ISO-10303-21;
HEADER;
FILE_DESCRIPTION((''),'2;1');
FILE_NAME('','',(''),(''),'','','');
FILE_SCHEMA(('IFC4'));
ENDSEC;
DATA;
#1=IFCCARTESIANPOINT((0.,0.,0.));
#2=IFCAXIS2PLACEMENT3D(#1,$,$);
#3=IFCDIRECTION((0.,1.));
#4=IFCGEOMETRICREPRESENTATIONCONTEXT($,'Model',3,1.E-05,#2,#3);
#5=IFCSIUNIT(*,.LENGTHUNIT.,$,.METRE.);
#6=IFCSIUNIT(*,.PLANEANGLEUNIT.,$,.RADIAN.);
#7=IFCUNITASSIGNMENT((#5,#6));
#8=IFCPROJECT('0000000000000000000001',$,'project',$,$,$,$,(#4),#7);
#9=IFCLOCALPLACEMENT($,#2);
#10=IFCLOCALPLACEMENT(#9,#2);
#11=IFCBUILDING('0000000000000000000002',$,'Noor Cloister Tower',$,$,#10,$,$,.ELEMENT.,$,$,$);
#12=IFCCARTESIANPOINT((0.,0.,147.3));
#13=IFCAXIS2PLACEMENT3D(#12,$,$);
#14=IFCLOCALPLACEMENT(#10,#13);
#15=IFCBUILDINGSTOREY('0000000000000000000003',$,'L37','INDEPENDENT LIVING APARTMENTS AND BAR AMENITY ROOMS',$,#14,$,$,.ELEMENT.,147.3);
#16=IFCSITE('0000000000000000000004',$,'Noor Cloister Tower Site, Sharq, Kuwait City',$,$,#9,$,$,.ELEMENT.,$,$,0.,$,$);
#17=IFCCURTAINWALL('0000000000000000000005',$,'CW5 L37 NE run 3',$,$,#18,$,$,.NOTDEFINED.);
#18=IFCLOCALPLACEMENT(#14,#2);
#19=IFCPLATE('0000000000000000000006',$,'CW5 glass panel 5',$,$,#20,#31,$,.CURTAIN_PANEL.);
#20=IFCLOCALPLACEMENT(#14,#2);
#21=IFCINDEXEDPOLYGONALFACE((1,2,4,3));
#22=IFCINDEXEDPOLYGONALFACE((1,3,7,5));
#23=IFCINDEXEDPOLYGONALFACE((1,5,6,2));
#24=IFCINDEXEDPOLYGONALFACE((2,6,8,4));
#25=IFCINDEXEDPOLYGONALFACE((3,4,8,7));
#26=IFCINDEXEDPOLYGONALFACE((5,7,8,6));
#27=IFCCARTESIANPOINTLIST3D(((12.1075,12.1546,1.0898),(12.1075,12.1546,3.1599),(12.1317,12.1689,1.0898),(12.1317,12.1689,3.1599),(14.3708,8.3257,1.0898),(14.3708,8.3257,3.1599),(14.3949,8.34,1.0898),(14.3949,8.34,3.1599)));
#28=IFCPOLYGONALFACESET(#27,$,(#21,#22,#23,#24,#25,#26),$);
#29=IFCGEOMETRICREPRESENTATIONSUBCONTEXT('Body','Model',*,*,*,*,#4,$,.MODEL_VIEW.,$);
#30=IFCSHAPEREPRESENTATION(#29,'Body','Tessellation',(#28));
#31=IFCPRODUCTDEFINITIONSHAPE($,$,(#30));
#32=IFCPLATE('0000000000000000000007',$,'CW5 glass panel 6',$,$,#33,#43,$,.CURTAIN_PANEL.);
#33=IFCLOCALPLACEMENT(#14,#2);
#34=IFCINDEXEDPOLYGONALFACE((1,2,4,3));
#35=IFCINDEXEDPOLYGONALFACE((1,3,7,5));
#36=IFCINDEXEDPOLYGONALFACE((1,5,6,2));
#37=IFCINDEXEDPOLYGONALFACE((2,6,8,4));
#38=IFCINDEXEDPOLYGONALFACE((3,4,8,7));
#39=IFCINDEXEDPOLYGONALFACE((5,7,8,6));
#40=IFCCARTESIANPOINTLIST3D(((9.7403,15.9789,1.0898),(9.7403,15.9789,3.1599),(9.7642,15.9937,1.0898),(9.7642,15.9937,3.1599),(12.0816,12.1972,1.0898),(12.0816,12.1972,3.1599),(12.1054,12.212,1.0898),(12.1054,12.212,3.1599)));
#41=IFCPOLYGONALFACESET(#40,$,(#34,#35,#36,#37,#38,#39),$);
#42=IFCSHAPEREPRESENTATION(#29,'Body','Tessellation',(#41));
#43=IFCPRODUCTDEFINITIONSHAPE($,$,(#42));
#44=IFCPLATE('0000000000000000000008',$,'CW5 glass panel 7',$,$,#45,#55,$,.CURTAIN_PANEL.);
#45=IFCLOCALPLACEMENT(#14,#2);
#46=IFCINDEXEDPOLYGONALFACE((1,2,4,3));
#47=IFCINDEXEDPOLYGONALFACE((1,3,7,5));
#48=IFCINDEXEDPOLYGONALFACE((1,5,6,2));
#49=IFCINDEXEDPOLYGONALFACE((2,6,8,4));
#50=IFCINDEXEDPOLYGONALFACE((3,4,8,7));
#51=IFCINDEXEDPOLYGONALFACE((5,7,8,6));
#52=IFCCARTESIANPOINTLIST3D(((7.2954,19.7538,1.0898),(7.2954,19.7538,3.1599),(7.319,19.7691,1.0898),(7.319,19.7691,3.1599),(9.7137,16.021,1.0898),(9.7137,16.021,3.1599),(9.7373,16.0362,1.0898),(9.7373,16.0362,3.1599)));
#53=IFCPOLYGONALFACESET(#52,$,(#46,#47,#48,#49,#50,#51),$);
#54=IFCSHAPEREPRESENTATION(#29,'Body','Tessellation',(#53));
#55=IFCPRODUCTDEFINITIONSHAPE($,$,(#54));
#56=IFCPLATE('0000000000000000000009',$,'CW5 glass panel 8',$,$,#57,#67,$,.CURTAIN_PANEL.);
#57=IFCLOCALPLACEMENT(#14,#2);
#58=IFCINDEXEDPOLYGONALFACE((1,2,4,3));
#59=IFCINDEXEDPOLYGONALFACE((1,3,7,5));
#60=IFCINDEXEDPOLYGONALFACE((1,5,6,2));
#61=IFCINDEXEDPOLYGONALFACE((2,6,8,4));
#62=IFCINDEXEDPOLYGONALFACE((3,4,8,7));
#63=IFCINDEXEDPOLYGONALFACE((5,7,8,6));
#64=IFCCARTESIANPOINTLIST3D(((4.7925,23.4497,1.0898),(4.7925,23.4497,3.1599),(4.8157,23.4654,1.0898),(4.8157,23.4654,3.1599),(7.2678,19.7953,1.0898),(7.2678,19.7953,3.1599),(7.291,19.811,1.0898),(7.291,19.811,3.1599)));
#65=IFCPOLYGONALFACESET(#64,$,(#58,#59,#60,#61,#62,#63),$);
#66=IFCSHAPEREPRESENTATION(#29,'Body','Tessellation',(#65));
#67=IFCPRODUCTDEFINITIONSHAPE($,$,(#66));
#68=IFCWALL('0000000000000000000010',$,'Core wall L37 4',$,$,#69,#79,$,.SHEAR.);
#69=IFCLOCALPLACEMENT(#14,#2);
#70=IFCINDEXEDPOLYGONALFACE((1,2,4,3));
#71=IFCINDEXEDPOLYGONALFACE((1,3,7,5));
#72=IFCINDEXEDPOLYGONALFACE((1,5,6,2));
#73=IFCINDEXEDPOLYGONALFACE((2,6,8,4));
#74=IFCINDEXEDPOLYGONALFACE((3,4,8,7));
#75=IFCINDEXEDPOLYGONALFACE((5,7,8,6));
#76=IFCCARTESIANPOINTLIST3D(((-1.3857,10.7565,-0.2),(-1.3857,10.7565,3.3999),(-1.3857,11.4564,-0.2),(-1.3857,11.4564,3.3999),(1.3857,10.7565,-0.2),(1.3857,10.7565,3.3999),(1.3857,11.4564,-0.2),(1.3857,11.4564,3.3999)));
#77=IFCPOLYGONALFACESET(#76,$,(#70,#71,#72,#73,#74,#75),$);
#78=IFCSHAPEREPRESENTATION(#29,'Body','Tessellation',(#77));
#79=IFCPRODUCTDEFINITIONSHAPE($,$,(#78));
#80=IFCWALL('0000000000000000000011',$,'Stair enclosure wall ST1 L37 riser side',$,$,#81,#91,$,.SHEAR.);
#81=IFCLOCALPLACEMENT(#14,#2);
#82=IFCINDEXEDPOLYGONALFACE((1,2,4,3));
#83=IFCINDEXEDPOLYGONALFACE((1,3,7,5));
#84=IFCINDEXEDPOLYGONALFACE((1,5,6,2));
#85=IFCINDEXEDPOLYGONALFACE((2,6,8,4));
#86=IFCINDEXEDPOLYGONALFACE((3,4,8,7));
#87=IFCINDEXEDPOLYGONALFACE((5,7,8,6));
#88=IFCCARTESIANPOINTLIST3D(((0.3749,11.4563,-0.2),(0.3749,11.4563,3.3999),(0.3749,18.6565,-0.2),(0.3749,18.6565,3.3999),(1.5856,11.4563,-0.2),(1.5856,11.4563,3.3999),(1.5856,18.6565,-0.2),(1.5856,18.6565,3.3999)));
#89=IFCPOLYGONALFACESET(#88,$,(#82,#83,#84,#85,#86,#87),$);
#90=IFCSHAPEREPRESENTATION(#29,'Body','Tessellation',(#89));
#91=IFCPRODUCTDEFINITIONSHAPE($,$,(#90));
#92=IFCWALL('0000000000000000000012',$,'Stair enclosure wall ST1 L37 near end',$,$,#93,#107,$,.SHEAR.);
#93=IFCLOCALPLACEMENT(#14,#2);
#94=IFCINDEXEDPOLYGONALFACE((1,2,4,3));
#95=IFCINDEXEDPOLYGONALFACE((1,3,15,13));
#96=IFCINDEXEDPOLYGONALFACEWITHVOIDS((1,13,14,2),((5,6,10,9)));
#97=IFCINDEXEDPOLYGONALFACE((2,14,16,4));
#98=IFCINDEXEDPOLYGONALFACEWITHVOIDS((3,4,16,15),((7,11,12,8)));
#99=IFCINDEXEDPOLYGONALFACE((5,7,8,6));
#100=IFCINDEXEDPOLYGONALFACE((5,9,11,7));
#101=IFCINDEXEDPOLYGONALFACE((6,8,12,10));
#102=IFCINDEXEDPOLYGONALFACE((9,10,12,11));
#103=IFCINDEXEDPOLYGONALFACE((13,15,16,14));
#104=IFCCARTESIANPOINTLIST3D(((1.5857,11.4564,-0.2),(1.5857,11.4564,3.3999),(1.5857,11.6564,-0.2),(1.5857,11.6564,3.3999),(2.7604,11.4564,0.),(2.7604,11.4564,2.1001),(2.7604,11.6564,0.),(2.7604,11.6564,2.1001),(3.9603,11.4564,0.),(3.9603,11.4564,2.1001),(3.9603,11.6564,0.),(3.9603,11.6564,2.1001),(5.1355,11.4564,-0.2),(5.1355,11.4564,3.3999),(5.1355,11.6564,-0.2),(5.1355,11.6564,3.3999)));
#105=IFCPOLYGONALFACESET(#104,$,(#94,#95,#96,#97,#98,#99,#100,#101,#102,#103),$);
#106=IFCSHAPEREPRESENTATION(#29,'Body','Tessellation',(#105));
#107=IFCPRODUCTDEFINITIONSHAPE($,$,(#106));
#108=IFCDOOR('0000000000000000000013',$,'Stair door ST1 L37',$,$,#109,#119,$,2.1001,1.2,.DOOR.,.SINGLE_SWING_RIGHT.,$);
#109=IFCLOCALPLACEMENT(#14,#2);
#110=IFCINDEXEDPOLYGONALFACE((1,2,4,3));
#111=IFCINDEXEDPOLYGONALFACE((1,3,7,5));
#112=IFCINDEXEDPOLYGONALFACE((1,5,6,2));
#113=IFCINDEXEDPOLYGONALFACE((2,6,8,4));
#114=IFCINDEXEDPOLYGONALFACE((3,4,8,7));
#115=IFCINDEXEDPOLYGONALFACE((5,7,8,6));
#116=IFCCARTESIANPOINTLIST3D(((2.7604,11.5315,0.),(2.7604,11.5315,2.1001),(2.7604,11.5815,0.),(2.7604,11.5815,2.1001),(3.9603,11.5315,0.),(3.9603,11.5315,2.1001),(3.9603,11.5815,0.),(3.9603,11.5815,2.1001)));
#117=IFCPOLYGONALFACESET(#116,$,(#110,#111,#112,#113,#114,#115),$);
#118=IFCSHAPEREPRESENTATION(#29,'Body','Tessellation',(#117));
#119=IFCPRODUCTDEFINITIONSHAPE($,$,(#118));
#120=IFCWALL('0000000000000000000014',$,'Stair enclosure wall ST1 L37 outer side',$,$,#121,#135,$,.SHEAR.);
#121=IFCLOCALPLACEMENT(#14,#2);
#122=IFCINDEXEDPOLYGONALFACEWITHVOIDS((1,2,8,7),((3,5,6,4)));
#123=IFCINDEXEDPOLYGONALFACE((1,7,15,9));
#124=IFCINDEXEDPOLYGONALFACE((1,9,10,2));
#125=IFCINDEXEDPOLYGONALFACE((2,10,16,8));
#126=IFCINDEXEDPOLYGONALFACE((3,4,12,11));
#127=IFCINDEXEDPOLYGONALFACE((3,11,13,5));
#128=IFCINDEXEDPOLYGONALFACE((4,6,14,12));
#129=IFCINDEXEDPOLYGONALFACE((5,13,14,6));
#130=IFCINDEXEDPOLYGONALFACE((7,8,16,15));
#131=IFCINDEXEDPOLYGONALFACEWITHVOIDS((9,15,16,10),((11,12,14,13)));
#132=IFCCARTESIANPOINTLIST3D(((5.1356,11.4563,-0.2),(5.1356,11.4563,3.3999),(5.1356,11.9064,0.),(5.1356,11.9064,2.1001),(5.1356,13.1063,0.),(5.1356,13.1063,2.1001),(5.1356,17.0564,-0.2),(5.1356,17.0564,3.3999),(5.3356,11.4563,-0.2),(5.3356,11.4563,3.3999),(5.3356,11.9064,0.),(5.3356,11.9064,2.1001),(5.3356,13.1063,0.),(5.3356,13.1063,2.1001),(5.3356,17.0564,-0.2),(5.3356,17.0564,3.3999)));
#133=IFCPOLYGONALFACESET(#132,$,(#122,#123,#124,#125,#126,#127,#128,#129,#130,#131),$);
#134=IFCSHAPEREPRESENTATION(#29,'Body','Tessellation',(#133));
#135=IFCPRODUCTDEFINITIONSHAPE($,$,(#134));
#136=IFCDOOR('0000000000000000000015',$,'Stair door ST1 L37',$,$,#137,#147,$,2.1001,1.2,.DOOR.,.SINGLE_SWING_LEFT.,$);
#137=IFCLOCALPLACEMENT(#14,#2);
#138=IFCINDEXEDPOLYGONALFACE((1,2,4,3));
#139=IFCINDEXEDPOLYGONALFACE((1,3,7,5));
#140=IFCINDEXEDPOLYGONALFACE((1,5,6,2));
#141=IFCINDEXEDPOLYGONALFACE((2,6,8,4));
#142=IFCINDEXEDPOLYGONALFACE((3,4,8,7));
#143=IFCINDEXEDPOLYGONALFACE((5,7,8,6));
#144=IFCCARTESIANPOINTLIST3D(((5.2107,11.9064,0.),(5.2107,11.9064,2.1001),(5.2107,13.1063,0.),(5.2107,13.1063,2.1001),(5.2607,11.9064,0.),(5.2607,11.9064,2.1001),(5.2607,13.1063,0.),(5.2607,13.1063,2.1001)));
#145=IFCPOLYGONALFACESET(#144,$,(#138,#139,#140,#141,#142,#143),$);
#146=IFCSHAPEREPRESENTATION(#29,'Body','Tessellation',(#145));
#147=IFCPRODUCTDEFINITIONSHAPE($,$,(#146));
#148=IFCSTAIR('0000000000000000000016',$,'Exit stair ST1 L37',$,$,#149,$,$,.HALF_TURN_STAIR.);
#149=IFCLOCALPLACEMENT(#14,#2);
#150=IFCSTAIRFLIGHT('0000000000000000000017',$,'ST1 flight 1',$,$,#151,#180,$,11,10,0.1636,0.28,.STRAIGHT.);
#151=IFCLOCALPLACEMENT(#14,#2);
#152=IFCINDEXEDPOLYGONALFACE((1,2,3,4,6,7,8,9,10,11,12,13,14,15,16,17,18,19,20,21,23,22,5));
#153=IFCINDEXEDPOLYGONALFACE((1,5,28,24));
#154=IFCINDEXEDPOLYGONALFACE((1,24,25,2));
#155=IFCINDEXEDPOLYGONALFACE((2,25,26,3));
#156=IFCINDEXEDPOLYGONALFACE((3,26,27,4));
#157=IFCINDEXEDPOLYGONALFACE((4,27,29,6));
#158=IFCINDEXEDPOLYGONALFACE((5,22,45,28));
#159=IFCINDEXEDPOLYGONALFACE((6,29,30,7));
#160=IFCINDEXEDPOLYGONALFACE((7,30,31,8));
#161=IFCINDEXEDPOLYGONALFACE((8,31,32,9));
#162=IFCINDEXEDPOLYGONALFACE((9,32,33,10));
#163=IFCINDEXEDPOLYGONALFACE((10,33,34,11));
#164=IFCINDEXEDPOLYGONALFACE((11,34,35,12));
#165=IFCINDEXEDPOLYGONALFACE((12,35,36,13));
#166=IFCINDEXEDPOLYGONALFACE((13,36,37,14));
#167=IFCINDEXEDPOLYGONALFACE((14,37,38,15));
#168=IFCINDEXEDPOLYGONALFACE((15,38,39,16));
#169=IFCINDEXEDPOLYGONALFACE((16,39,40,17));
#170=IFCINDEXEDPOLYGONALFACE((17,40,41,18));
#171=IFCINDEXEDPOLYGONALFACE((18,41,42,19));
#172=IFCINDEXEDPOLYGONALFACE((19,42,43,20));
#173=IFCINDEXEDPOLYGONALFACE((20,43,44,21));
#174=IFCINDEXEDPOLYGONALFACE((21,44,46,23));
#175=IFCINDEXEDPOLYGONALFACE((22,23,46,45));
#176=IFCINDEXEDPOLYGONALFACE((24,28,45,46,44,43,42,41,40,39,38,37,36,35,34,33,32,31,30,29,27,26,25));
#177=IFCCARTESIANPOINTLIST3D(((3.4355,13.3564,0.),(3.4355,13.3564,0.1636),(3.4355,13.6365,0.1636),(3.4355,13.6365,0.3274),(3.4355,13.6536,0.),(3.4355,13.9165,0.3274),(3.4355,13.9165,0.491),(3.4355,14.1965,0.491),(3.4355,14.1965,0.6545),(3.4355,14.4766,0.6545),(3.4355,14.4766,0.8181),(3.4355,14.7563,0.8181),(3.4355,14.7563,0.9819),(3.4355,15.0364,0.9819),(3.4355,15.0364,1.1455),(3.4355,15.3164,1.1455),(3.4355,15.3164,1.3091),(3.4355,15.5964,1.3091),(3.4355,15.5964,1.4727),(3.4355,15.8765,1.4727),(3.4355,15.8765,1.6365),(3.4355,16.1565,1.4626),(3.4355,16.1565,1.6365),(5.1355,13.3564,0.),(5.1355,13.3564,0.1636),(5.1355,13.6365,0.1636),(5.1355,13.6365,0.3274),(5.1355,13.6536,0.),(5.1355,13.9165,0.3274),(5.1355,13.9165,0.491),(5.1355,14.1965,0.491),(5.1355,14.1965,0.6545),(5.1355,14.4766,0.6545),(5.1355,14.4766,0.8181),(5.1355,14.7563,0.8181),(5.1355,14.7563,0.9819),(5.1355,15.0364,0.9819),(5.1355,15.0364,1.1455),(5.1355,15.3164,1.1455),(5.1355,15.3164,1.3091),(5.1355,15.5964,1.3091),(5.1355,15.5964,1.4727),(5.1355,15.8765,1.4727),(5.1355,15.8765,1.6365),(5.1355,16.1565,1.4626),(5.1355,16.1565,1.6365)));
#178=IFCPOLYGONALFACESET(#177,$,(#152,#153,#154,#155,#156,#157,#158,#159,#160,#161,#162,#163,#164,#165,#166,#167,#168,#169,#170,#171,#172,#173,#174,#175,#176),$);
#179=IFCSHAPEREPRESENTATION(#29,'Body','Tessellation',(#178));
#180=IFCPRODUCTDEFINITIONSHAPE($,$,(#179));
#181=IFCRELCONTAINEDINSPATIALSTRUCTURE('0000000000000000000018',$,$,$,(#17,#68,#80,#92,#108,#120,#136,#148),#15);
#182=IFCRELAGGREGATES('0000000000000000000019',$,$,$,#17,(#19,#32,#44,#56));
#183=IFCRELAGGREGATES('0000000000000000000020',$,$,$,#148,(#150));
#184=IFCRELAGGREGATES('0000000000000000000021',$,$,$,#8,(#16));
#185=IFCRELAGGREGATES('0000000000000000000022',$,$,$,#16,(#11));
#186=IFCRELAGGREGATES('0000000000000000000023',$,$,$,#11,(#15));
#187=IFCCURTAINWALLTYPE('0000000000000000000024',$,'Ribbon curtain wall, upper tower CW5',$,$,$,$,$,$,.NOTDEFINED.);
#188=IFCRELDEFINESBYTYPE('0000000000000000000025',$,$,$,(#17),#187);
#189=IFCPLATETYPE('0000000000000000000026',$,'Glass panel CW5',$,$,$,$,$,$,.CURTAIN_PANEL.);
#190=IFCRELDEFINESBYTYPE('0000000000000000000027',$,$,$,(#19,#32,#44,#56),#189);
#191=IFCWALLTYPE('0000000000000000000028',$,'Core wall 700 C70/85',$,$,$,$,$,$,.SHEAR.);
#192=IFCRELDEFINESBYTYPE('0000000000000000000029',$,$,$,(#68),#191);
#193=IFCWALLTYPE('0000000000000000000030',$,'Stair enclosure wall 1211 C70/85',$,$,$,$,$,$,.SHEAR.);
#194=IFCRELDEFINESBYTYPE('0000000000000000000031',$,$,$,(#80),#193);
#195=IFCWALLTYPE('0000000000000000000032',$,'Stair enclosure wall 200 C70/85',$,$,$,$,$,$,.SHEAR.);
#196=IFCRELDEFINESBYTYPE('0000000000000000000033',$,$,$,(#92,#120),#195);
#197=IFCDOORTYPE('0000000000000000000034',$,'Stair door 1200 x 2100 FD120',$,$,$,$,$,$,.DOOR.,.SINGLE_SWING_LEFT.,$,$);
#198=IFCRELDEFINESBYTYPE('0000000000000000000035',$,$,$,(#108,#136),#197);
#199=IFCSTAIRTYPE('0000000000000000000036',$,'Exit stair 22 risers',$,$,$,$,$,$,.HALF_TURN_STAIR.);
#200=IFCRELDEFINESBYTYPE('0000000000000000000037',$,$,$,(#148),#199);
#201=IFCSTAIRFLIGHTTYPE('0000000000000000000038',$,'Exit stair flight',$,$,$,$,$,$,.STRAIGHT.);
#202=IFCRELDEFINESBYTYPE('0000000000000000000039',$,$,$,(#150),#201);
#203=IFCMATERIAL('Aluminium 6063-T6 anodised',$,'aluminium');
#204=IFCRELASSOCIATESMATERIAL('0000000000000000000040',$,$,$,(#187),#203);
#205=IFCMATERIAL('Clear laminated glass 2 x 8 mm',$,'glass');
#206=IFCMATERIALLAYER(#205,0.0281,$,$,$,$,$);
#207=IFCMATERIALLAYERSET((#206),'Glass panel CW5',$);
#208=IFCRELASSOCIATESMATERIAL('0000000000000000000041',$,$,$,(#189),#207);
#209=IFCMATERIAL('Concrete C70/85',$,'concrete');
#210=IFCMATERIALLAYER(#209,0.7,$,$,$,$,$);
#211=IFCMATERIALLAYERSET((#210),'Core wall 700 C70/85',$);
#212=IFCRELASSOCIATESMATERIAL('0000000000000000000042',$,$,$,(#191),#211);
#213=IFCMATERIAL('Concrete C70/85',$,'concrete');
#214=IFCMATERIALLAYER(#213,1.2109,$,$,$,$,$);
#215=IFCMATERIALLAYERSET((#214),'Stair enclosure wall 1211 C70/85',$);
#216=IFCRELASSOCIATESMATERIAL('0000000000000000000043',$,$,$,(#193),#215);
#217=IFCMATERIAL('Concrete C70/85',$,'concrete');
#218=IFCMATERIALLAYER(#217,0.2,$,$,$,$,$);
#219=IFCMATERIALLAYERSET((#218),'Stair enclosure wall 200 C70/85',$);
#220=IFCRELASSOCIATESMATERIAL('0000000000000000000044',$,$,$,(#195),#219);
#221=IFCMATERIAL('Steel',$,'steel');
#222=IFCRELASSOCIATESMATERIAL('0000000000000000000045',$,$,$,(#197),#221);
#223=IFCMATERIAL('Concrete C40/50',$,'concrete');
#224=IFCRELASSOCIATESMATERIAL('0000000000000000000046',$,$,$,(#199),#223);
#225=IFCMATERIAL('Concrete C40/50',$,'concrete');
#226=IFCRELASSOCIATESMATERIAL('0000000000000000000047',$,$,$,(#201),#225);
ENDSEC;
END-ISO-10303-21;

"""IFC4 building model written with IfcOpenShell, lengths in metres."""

from ifc_helpers import new_model, si_unit, direction, frame, frame_2d, origin, origin_2d, place, context, subcontext, project, spatial, polyline, rectangle, outline, extrude, material, layer, layer_set, type_object, element, fill, aggregate, save


model = new_model("IFC4")

# Units and contexts
model_context = context("Model", 3, precision=1e-05, world=origin(), true_north=direction((0.0, 1.0)))
body_context = subcontext(model_context, "Body", "Model", "MODEL_VIEW")
ifc_project = project(units=[si_unit("LENGTHUNIT", "METRE"), si_unit("PLANEANGLEUNIT", "RADIAN")], contexts=[model_context])

# Site, building, storey
site_placement = place(None, origin())
site = spatial("IfcSite", under=ifc_project, at=site_placement, Name="Noor Cloister Tower Site, Sharq, Kuwait City", CompositionType="ELEMENT", RefElevation=0.0)
building_placement = place(site_placement, origin())
building = spatial("IfcBuilding", under=site, at=building_placement, Name="Noor Cloister Tower", CompositionType="ELEMENT")
storey_placement = place(building_placement, frame((0.0, 0.0, 147.3)))
storey = spatial("IfcBuildingStorey", under=building, at=storey_placement, Name="L37", Description="INDEPENDENT LIVING APARTMENTS AND BAR AMENITY ROOMS", CompositionType="ELEMENT", Elevation=147.3)

# Curtain wall
ifc_material_1 = material(Name="Aluminium 6063-T6 anodised", Category="aluminium")
curtain_wall_type = type_object("IfcCurtainWallType", Name="Ribbon curtain wall, upper tower CW5", PredefinedType="NOTDEFINED", material=ifc_material_1)
curtain_wall_placement = place(storey_placement, origin())
curtain_wall = element("IfcCurtainWall", 1, at=curtain_wall_placement, inside=storey, type_object=curtain_wall_type, Name="CW5 L37 NE run 3", PredefinedType="NOTDEFINED")

# Plates
ifc_material_2 = material(Name="Clear laminated glass 2 x 8 mm", Category="glass")
ifc_layer_1 = layer(ifc_material_2, 0.0281)
ifc_layer_set_1 = layer_set([ifc_layer_1], Name="Glass panel CW5")
plate_type = type_object("IfcPlateType", Name="Glass panel CW5", PredefinedType="CURTAIN_PANEL", material=ifc_layer_set_1)
plate_1_placement = place(storey_placement, frame((13.2512, 10.2473, 1.0898), z_axis=(0.0, 0.0, 1.0), x_axis=(-0.508852, 0.860854, 0.0)))
plate_1 = element("IfcPlate", 2, at=plate_1_placement, type_object=plate_type, Name="CW5 glass panel 5", PredefinedType="CURTAIN_PANEL", context=body_context, shape_type="SweptSolid", body=[
    extrude(rectangle(XDim=4.4478, YDim=0.0281, at=origin_2d()), origin(), (0.0, 0.0, 1.0), 2.0701),
])
plate_2_placement = place(storey_placement, frame((10.9229, 14.0955, 1.0898), z_axis=(0.0, 0.0, 1.0), x_axis=(-0.526394, 0.850241, 0.0)))
plate_2 = element("IfcPlate", 3, at=plate_2_placement, type_object=plate_type, Name="CW5 glass panel 6", PredefinedType="CURTAIN_PANEL", context=body_context, shape_type="SweptSolid", body=[
    extrude(rectangle(XDim=4.4478, YDim=0.0281, at=origin_2d()), origin(), (0.0, 0.0, 1.0), 2.0701),
])
plate_3_placement = place(storey_placement, frame((8.5164, 17.895, 1.0898), z_axis=(0.0, 0.0, 1.0), x_axis=(-0.543715, 0.83927, 0.0)))
plate_3 = element("IfcPlate", 4, at=plate_3_placement, type_object=plate_type, Name="CW5 glass panel 7", PredefinedType="CURTAIN_PANEL", context=body_context, shape_type="SweptSolid", body=[
    extrude(rectangle(XDim=4.4478, YDim=0.0281, at=origin_2d()), origin(), (0.0, 0.0, 1.0), 2.0701),
])
plate_4_placement = place(storey_placement, frame((6.0417, 21.6304, 1.0898), z_axis=(0.0, 0.0, 1.0), x_axis=(-0.560807, 0.827946, 0.0)))
plate_4 = element("IfcPlate", 5, at=plate_4_placement, type_object=plate_type, Name="CW5 glass panel 8", PredefinedType="CURTAIN_PANEL", context=body_context, shape_type="SweptSolid", body=[
    extrude(rectangle(XDim=4.4138, YDim=0.0281, at=origin_2d()), origin(), (0.0, 0.0, 1.0), 2.0701),
])
aggregate(curtain_wall, [plate_1, plate_2, plate_3, plate_4])

# Walls
ifc_material_3 = material(Name="Concrete C70/85", Category="concrete")
ifc_layer_2 = layer(ifc_material_3, 0.7)
ifc_layer_set_2 = layer_set([ifc_layer_2], Name="Core wall 700 C70/85")
wall_type_1 = type_object("IfcWallType", Name="Core wall 700 C70/85", PredefinedType="SHEAR", material=ifc_layer_set_2)
wall_1_placement = place(storey_placement, frame((1.3857, 11.1064, -0.2), z_axis=(0.0, 0.0, 1.0), x_axis=(-1.0, 0.0, 0.0)))
element("IfcWall", 6, at=wall_1_placement, inside=storey, type_object=wall_type_1, Name="Core wall L37 4", PredefinedType="SHEAR", context=body_context, shape_type="SweptSolid", body=[
    extrude(rectangle(XDim=2.7715, YDim=0.7, at=frame_2d((1.3857, 0.0))), origin(), (0.0, 0.0, 1.0), 3.5999),
])
ifc_material_4 = material(Name="Concrete C70/85", Category="concrete")
ifc_layer_3 = layer(ifc_material_4, 1.2109)
ifc_layer_set_3 = layer_set([ifc_layer_3], Name="Stair enclosure wall 1211 C70/85")
wall_type_2 = type_object("IfcWallType", Name="Stair enclosure wall 1211 C70/85", PredefinedType="SHEAR", material=ifc_layer_set_3)
wall_2_placement = place(storey_placement, frame((0.9802, 11.4563, -0.2), z_axis=(0.0, 0.0, 1.0), x_axis=(0.0, 1.0, 0.0)))
element("IfcWall", 7, at=wall_2_placement, inside=storey, type_object=wall_type_2, Name="Stair enclosure wall ST1 L37 riser side", PredefinedType="SHEAR", context=body_context, shape_type="SweptSolid", body=[
    extrude(rectangle(XDim=7.2002, YDim=1.2107, at=frame_2d((3.6001, 0.0))), origin(), (0.0, 0.0, 1.0), 3.5999),
])

# Walls, openings, doors
ifc_material_5 = material(Name="Concrete C70/85", Category="concrete")
ifc_layer_4 = layer(ifc_material_5, 0.2)
ifc_layer_set_4 = layer_set([ifc_layer_4], Name="Stair enclosure wall 200 C70/85")
wall_type_3 = type_object("IfcWallType", Name="Stair enclosure wall 200 C70/85", PredefinedType="SHEAR", material=ifc_layer_set_4)
wall_3_placement = place(storey_placement, frame((5.1355, 11.5564, -0.2), z_axis=(0.0, 0.0, 1.0), x_axis=(-1.0, 0.0, 0.0)))
wall_3 = element("IfcWall", 8, at=wall_3_placement, inside=storey, type_object=wall_type_3, Name="Stair enclosure wall ST1 L37 near end", PredefinedType="SHEAR", context=body_context, shape_type="SweptSolid", body=[
    extrude(rectangle(XDim=3.5498, YDim=0.2, at=frame_2d((1.7749, 0.0))), origin(), (0.0, 0.0, 1.0), 3.5999),
])
opening_1_placement = place(wall_3_placement, frame((1.175, 0.0, 0.2)))
opening_1 = element("IfcOpeningElement", 9, at=opening_1_placement, cuts=wall_3, PredefinedType="OPENING", context=body_context, shape_type="SweptSolid", body=[
    extrude(rectangle(XDim=1.2, YDim=2.1001, at=frame_2d((0.6001, 1.05))), frame((0.0, 0.1099, 0.0), z_axis=(0.0, -1.0, 0.0), x_axis=(1.0, 0.0, 0.0)), (0.0, 0.0, 1.0), 0.22),
])
ifc_material_6 = material(Name="Steel", Category="steel")
door_type = type_object("IfcDoorType", Name="Stair door 1200 x 2100 FD120", OperationType="SINGLE_SWING_LEFT", PredefinedType="DOOR", material=ifc_material_6)
door_1_placement = place(opening_1_placement, origin())
door_1 = element("IfcDoor", 10, at=door_1_placement, inside=storey, type_object=door_type, Name="Stair door ST1 L37", OperationType="SINGLE_SWING_RIGHT", OverallHeight=2.1001, OverallWidth=1.2, PredefinedType="DOOR", context=body_context, shape_type="SweptSolid", body=[
    extrude(rectangle(XDim=1.2, YDim=2.1001, at=frame_2d((0.6001, 1.05))), frame((0.0, 0.0249, 0.0), z_axis=(0.0, -1.0, 0.0), x_axis=(1.0, 0.0, 0.0)), (0.0, 0.0, 1.0), 0.05),
])
fill(opening_1, door_1)
wall_4_placement = place(storey_placement, frame((5.2356, 11.4563, -0.2), z_axis=(0.0, 0.0, 1.0), x_axis=(0.0, 1.0, 0.0)))
wall_4 = element("IfcWall", 11, at=wall_4_placement, inside=storey, type_object=wall_type_3, Name="Stair enclosure wall ST1 L37 outer side", PredefinedType="SHEAR", context=body_context, shape_type="SweptSolid", body=[
    extrude(rectangle(XDim=5.6001, YDim=0.2, at=frame_2d((2.8, 0.0))), origin(), (0.0, 0.0, 1.0), 3.5999),
])
opening_2_placement = place(wall_4_placement, frame((0.45, 0.0, 0.2)))
opening_2 = element("IfcOpeningElement", 12, at=opening_2_placement, cuts=wall_4, PredefinedType="OPENING", context=body_context, shape_type="SweptSolid", body=[
    extrude(rectangle(XDim=1.2, YDim=2.1001, at=frame_2d((0.6001, 1.05))), frame((0.0, 0.1099, 0.0), z_axis=(0.0, -1.0, 0.0), x_axis=(1.0, 0.0, 0.0)), (0.0, 0.0, 1.0), 0.22),
])
door_2_placement = place(opening_2_placement, origin())
door_2 = element("IfcDoor", 13, at=door_2_placement, inside=storey, type_object=door_type, Name="Stair door ST1 L37", OperationType="SINGLE_SWING_LEFT", OverallHeight=2.1001, OverallWidth=1.2, PredefinedType="DOOR", context=body_context, shape_type="SweptSolid", body=[
    extrude(rectangle(XDim=1.2, YDim=2.1001, at=frame_2d((0.6001, 1.05))), frame((0.0, 0.0249, 0.0), z_axis=(0.0, -1.0, 0.0), x_axis=(1.0, 0.0, 0.0)), (0.0, 0.0, 1.0), 0.05),
])
fill(opening_2, door_2)

# Stair, stair flight
ifc_material_7 = material(Name="Concrete C40/50", Category="concrete")
stair_type = type_object("IfcStairType", Name="Exit stair 22 risers", PredefinedType="HALF_TURN_STAIR", material=ifc_material_7)
stair_placement = place(storey_placement, origin())
stair = element("IfcStair", 14, at=stair_placement, inside=storey, type_object=stair_type, Name="Exit stair ST1 L37", PredefinedType="HALF_TURN_STAIR")
ifc_material_8 = material(Name="Concrete C40/50", Category="concrete")
stair_flight_type = type_object("IfcStairFlightType", Name="Exit stair flight", PredefinedType="STRAIGHT", material=ifc_material_8)
stair_flight_1_placement = place(storey_placement, frame((4.2856, 13.3564, 0.0), z_axis=(0.0, 0.0, 1.0), x_axis=(0.0, 1.0, 0.0)))
stair_flight_1 = element("IfcStairFlight", 15, at=stair_flight_1_placement, type_object=stair_flight_type, Name="ST1 flight 1", NumberOfRisers=11, NumberOfTreads=10, PredefinedType="STRAIGHT", RiserHeight=0.1636, TreadLength=0.28, context=body_context, shape_type="SweptSolid", body=[
    extrude(outline(polyline([(0.0, 0.0), (0.0, 0.1636), (0.28, 0.1636), (0.28, 0.3274), (0.5601, 0.3274), (0.5601, 0.491), (0.8401, 0.491), (0.8401, 0.6545), (1.1201, 0.6545), (1.1201, 0.8181), (1.3999, 0.8181), (1.3999, 0.9819), (1.6799, 0.9819), (1.6799, 1.1455), (1.96, 1.1455), (1.96, 1.3091), (2.24, 1.3091), (2.24, 1.4727), (2.52, 1.4727), (2.52, 1.6365), (2.8, 1.6365), (2.8, 1.8), (2.8, 1.4626), (0.2971, 0.0), (0.0, 0.0)])), frame((0.0, 0.8501, 0.0), z_axis=(0.0, -1.0, 0.0), x_axis=(1.0, 0.0, 0.0)), (0.0, 0.0, 1.0), 1.7),
])
aggregate(stair, [stair_flight_1])

save(model, "model.ifc")
